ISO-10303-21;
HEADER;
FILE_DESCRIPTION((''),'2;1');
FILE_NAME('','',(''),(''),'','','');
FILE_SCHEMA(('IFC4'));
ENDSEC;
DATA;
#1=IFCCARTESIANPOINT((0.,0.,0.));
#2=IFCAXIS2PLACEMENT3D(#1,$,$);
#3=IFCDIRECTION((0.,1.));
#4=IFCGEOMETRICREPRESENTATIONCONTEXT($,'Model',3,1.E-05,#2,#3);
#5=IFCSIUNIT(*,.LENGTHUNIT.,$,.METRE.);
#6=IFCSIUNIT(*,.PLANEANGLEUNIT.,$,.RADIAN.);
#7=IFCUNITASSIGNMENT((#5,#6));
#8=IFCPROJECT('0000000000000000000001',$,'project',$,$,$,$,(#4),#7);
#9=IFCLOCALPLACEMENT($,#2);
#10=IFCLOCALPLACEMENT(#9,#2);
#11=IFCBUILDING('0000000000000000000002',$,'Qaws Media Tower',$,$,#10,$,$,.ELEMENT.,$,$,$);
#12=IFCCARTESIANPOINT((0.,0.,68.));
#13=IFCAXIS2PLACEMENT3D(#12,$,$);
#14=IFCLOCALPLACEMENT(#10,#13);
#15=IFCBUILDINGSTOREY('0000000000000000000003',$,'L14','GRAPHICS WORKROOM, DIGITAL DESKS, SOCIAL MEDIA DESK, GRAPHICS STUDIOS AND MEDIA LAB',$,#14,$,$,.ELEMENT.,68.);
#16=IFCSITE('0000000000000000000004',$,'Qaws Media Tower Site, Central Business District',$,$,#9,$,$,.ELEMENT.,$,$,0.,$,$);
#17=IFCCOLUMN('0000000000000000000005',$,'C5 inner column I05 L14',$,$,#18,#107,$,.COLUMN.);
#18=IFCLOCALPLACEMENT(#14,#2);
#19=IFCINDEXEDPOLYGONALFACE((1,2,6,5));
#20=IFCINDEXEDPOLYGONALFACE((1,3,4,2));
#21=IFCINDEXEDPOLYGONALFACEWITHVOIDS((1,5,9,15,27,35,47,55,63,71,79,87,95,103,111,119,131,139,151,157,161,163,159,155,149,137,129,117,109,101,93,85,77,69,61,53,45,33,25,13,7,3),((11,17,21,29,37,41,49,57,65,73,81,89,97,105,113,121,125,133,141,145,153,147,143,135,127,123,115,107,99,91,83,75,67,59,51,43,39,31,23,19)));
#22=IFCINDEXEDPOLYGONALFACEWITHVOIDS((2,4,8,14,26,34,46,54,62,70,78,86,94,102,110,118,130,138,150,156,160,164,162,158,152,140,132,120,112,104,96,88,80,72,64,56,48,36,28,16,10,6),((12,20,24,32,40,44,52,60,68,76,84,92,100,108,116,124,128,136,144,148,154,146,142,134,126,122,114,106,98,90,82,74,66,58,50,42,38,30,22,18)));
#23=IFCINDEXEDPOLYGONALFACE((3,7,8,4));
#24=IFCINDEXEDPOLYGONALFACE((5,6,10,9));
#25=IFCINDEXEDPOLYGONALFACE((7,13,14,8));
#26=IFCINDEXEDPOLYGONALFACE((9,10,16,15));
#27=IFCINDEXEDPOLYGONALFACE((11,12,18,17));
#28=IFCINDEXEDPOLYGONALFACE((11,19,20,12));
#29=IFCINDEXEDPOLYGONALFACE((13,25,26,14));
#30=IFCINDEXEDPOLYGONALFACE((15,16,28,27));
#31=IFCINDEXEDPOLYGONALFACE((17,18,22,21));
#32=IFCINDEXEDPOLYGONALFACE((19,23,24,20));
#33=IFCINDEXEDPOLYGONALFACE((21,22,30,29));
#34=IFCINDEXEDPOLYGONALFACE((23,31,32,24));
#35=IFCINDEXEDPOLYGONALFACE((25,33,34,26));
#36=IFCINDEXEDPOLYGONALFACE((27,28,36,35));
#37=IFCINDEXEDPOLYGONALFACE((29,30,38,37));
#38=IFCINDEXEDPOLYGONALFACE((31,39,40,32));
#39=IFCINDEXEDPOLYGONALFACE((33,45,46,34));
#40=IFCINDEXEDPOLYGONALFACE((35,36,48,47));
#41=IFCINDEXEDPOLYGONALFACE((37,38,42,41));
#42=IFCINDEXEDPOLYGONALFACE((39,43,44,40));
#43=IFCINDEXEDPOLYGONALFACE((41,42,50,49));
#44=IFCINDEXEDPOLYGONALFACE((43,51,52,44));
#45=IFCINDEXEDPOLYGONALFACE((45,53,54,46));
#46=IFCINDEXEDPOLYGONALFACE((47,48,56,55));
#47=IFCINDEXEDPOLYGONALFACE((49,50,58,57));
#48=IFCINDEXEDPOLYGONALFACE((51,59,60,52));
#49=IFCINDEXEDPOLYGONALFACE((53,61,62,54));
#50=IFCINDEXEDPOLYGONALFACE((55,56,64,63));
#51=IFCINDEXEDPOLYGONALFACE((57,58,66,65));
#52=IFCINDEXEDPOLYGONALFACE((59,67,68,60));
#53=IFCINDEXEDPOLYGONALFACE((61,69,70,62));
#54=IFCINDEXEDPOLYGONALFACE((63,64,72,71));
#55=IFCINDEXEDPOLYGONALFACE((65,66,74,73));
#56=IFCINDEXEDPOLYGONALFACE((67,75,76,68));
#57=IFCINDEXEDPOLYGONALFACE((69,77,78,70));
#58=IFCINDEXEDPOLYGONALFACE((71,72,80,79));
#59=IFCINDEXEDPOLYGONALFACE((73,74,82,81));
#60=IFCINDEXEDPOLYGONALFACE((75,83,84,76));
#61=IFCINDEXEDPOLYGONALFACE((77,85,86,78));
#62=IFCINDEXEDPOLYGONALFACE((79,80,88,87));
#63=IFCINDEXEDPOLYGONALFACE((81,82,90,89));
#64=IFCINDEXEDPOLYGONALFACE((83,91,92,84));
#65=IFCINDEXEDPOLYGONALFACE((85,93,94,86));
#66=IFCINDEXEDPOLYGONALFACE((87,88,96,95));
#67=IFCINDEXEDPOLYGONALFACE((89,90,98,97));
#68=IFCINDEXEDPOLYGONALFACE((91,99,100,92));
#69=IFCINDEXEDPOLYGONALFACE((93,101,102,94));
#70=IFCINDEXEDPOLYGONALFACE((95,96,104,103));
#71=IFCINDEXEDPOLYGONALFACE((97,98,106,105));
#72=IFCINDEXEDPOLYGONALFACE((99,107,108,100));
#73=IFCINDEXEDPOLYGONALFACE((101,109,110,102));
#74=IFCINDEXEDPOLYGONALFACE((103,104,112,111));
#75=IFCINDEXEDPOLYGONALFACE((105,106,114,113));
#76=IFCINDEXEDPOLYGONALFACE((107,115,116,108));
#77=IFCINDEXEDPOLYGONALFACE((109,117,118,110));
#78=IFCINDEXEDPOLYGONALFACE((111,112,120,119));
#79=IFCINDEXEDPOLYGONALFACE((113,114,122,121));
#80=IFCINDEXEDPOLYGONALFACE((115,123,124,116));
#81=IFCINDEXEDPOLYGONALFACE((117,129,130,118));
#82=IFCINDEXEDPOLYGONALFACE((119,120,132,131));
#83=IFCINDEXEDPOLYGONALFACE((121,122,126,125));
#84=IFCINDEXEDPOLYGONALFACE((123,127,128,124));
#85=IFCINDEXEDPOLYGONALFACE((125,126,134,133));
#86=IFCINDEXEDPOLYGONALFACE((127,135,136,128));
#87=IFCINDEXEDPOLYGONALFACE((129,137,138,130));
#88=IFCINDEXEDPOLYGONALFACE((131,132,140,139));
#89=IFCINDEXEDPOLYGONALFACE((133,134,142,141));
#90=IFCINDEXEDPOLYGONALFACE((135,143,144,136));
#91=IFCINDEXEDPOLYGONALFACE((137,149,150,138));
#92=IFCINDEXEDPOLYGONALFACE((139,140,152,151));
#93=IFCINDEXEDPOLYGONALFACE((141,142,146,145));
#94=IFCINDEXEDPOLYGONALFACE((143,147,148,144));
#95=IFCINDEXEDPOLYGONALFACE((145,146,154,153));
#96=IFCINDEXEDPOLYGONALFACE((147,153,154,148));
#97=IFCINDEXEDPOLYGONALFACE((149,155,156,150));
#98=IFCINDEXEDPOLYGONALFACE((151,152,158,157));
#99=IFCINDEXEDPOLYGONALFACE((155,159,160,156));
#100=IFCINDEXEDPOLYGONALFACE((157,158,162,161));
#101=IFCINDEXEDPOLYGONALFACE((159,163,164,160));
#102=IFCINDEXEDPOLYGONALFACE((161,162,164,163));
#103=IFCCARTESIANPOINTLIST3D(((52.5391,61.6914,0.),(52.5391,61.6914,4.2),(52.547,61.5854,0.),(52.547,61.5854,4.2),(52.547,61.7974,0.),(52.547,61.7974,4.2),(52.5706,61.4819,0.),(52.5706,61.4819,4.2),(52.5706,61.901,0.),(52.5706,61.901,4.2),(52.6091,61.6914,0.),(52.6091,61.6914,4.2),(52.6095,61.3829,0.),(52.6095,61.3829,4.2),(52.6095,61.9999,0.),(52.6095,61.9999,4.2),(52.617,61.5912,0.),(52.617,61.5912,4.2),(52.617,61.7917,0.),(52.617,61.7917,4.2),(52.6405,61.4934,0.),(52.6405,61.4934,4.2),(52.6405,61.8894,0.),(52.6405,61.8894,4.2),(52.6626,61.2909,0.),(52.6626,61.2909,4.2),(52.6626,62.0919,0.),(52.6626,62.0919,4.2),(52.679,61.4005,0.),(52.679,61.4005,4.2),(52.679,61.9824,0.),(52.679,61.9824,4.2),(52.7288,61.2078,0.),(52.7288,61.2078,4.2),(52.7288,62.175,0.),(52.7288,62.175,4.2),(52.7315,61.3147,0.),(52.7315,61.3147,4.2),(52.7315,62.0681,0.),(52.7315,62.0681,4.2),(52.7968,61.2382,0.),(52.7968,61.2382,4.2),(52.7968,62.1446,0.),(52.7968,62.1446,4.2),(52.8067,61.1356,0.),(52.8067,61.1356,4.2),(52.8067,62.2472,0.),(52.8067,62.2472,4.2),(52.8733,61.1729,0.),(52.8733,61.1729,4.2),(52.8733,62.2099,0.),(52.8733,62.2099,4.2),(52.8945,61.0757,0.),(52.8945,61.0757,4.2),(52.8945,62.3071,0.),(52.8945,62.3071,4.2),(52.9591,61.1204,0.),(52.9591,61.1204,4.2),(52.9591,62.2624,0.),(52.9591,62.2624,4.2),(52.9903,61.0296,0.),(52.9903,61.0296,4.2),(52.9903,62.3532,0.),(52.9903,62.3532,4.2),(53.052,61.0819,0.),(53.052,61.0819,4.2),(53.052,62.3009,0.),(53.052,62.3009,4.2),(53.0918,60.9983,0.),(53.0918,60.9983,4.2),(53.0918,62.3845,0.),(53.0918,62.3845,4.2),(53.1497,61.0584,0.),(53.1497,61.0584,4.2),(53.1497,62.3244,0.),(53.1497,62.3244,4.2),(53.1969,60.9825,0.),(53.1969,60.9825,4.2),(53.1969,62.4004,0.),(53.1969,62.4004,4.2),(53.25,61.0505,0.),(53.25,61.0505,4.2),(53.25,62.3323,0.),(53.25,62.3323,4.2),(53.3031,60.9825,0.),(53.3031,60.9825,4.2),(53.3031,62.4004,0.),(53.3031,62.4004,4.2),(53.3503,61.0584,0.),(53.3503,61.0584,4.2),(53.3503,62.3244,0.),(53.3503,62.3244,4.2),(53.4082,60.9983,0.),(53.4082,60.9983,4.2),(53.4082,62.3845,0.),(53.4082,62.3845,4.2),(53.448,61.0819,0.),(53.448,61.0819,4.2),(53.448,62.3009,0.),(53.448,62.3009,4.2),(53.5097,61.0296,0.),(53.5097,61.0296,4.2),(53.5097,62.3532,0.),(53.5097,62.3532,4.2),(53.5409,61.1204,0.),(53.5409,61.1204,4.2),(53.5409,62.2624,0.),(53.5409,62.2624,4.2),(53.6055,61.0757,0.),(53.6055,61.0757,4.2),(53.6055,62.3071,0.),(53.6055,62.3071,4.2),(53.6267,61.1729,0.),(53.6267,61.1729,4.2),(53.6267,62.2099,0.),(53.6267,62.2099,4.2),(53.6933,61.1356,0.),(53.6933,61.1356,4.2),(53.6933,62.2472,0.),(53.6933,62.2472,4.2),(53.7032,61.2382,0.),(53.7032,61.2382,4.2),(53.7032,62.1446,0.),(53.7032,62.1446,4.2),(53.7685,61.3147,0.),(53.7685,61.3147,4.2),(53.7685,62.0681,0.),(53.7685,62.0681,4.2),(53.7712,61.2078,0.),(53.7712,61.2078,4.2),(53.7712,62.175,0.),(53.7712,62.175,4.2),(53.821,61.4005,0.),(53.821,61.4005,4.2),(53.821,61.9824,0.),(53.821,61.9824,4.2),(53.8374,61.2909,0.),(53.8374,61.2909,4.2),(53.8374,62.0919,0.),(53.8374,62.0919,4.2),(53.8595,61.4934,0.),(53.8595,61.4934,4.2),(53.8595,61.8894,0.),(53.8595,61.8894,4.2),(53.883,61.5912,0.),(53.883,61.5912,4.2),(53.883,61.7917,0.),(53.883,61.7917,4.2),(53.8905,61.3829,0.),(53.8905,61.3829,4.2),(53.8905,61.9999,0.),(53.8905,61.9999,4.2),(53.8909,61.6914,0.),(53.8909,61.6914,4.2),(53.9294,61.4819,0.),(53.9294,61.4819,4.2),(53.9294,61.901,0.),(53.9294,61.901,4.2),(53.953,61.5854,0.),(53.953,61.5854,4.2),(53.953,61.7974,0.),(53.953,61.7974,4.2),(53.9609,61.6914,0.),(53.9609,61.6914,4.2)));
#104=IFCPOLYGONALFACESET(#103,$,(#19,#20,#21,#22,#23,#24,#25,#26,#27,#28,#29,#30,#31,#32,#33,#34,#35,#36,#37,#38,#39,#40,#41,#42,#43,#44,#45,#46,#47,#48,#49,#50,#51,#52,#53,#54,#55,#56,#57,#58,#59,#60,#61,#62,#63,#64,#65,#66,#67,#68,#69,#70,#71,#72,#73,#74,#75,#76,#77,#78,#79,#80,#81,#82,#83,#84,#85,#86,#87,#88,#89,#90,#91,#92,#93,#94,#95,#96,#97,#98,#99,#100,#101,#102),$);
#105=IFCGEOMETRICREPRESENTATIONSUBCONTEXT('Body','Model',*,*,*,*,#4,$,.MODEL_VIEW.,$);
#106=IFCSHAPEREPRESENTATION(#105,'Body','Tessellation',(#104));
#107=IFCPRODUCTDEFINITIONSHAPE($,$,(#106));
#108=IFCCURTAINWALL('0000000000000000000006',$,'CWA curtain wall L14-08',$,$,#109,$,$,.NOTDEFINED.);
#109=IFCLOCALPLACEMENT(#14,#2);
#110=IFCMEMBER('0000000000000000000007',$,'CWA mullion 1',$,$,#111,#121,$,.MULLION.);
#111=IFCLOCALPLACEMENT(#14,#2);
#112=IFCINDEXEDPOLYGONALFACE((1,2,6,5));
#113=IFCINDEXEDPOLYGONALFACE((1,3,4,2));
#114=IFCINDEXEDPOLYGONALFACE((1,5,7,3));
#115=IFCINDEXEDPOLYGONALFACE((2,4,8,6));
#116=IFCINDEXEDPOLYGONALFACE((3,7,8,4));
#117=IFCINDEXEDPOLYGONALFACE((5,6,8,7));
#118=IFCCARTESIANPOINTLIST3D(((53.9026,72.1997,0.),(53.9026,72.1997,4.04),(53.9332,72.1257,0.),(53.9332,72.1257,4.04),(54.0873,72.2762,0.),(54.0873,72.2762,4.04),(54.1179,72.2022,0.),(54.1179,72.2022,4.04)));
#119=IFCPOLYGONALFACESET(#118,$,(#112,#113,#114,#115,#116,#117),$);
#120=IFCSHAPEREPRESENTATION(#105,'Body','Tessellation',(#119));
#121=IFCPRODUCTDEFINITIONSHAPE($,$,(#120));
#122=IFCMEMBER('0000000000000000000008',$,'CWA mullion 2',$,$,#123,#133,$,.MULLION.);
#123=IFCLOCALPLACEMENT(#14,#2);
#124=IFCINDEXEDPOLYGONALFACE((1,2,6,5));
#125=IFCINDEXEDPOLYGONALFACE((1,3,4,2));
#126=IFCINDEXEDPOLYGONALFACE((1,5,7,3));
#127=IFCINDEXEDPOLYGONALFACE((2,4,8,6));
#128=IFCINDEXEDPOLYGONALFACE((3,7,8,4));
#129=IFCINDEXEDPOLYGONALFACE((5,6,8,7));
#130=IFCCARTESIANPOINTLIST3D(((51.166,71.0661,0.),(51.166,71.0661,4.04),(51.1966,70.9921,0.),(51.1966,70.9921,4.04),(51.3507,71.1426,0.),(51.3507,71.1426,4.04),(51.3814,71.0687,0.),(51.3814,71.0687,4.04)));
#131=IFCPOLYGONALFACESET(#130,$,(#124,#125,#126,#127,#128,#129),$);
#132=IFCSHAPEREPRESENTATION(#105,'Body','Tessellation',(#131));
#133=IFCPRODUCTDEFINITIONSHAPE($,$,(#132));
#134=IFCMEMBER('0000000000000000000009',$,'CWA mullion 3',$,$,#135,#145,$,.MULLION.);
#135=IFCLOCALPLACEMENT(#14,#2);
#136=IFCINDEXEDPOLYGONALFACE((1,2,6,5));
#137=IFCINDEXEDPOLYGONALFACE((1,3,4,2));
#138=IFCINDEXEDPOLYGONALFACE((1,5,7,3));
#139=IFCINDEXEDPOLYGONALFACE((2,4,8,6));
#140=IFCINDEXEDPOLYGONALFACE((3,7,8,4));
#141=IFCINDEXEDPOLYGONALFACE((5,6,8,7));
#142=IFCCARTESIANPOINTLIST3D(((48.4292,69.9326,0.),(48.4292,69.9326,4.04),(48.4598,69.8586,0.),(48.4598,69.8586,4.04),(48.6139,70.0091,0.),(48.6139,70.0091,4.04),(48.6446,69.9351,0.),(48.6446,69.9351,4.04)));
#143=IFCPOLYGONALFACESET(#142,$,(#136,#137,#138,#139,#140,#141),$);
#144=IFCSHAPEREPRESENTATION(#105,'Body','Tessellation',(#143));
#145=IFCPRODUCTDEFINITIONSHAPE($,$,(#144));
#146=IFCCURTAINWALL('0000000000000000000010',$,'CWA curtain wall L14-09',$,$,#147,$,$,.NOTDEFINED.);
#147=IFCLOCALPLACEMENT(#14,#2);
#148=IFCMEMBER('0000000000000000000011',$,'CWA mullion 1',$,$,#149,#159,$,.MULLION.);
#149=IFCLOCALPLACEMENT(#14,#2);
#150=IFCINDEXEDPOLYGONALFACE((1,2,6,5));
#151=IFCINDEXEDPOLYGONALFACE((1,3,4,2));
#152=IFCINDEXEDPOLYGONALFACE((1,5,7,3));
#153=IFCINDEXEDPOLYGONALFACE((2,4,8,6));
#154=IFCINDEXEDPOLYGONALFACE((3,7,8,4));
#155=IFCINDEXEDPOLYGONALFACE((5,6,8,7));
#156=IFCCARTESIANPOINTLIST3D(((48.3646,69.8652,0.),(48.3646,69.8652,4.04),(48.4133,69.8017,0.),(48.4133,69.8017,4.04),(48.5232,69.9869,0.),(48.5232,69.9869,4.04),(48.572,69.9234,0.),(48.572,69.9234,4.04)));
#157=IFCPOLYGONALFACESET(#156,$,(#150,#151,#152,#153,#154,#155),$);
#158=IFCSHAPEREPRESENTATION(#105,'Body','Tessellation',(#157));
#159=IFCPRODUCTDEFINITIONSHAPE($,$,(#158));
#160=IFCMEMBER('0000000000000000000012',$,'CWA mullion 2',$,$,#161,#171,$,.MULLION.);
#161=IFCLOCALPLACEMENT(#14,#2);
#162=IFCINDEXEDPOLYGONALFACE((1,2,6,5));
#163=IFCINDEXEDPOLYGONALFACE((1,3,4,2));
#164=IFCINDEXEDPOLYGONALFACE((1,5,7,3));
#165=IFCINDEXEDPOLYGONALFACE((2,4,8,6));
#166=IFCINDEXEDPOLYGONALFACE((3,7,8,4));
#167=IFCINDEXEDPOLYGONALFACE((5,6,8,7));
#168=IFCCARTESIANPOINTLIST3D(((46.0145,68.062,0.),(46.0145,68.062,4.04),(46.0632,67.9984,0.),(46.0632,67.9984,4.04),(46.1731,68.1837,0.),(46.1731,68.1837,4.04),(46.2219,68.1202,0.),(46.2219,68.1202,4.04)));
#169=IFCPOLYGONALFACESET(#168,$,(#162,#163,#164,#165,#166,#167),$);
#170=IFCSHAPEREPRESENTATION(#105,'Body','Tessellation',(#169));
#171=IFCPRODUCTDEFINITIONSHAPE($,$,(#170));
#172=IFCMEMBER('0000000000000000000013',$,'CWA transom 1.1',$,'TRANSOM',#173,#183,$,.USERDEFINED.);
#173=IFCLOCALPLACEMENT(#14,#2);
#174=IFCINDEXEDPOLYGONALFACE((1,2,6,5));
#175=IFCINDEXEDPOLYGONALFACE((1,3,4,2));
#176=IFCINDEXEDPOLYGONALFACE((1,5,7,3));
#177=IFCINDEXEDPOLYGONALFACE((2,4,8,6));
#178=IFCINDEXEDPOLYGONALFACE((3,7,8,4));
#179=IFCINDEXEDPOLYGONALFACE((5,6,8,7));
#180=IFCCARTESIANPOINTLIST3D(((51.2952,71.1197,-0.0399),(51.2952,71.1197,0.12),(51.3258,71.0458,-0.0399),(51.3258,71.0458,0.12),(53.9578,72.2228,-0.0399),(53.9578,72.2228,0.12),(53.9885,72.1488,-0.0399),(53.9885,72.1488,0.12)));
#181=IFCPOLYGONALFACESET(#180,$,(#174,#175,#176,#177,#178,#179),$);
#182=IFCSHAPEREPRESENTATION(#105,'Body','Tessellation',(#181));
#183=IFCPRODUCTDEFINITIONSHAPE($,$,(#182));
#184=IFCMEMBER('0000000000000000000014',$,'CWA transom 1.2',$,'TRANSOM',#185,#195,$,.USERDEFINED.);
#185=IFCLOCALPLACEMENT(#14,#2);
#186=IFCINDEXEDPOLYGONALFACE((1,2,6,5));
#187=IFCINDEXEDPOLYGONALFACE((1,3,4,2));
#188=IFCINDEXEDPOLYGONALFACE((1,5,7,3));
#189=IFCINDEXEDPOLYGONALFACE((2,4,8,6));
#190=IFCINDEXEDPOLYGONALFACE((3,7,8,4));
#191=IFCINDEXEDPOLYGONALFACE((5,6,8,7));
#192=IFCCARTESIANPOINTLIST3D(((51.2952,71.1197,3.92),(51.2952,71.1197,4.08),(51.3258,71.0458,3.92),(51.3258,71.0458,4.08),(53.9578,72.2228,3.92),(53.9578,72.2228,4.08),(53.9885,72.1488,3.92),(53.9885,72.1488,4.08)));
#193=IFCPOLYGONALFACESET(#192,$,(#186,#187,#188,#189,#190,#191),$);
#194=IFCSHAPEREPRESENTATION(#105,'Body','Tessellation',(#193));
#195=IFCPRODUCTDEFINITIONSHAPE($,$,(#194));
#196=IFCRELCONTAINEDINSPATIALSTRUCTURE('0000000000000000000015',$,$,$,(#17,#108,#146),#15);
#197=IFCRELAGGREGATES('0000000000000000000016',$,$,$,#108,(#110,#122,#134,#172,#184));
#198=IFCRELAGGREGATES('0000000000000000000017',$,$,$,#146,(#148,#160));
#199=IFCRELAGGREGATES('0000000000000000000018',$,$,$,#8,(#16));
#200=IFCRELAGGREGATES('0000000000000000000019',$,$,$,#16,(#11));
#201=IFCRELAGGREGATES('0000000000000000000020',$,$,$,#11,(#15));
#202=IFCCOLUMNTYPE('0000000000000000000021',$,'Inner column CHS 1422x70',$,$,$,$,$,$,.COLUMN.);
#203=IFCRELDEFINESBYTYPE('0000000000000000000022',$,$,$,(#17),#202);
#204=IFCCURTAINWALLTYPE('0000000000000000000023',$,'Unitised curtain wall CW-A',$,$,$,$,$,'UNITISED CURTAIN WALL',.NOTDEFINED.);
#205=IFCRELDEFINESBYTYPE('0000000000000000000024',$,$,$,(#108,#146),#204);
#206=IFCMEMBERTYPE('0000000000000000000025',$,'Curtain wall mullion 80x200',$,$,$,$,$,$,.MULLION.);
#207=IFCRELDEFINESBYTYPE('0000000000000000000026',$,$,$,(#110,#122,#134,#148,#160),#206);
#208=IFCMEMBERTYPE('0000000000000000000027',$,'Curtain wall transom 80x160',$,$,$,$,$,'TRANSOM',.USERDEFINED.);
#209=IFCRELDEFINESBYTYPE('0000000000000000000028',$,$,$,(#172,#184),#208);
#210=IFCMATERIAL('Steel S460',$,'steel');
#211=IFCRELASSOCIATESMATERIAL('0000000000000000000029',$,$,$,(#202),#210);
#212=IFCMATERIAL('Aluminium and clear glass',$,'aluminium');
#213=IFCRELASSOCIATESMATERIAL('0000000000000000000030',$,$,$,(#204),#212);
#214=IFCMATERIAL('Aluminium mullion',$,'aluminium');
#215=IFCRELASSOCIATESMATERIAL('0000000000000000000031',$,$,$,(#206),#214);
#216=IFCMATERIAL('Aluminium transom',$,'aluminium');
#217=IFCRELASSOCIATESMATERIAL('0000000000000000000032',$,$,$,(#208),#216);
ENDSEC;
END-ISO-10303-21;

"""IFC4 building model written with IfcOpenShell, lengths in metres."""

from ifc_helpers import new_model, si_unit, direction, frame, origin, origin_2d, place, context, subcontext, project, spatial, rectangle, hollow_circle, extrude, material, material_profile, profile_set, type_object, element, aggregate, save


model = new_model("IFC4")

# Units and contexts
model_context = context("Model", 3, precision=1e-05, world=origin(), true_north=direction((0.0, 1.0)))
body_context = subcontext(model_context, "Body", "Model", "MODEL_VIEW")
ifc_project = project(units=[si_unit("LENGTHUNIT", "METRE"), si_unit("PLANEANGLEUNIT", "RADIAN")], contexts=[model_context])

# Site, building, storey
site_placement = place(None, origin())
site = spatial("IfcSite", under=ifc_project, at=site_placement, Name="Qaws Media Tower Site, Central Business District", CompositionType="ELEMENT", RefElevation=0.0)
building_placement = place(site_placement, origin())
building = spatial("IfcBuilding", under=site, at=building_placement, Name="Qaws Media Tower", CompositionType="ELEMENT")
storey_placement = place(building_placement, frame((0.0, 0.0, 68.0)))
storey = spatial("IfcBuildingStorey", under=building, at=storey_placement, Name="L14", Description="GRAPHICS WORKROOM, DIGITAL DESKS, SOCIAL MEDIA DESK, GRAPHICS STUDIOS AND MEDIA LAB", CompositionType="ELEMENT", Elevation=68.0)

# Column
ifc_material_1 = material(Name="Steel S460", Category="steel")
ifc_material_profile_1 = material_profile(ifc_material_1, hollow_circle(Radius=0.7109, WallThickness=0.0701, at=origin_2d()), Name="CHS 1422x70")
ifc_profile_set_1 = profile_set([ifc_material_profile_1], Name="Steel S460")
column_type = type_object("IfcColumnType", Name="Inner column CHS 1422x70", PredefinedType="COLUMN", material=ifc_profile_set_1)
column_placement = place(storey_placement, frame((53.25, 61.6914, 0.0), z_axis=(0.0, 0.0, 1.0), x_axis=(1.0, 0.0, 0.0)))
element("IfcColumn", 1, at=column_placement, inside=storey, type_object=column_type, Name="C5 inner column I05 L14", PredefinedType="COLUMN", context=body_context, shape_type="SweptSolid", body=[
    extrude(hollow_circle(Radius=0.7109, WallThickness=0.0701, at=origin_2d()), origin(), (0.0, 0.0, 1.0), 4.2),
])

# Curtain walls, members
ifc_material_2 = material(Name="Aluminium and clear glass", Category="aluminium")
curtain_wall_type = type_object("IfcCurtainWallType", Name="Unitised curtain wall CW-A", ElementType="UNITISED CURTAIN WALL", PredefinedType="NOTDEFINED", material=ifc_material_2)
curtain_wall_1_placement = place(storey_placement, origin())
curtain_wall_1 = element("IfcCurtainWall", 2, at=curtain_wall_1_placement, inside=storey, type_object=curtain_wall_type, Name="CWA curtain wall L14-08", PredefinedType="NOTDEFINED")
ifc_material_3 = material(Name="Aluminium mullion", Category="aluminium")
ifc_material_profile_2 = material_profile(ifc_material_3, rectangle(XDim=0.0801, YDim=0.2, at=origin_2d()), Name="80x200")
ifc_profile_set_2 = profile_set([ifc_material_profile_2], Name="Aluminium mullion")
member_type_1 = type_object("IfcMemberType", Name="Curtain wall mullion 80x200", PredefinedType="MULLION", material=ifc_profile_set_2)
member_1_placement = place(storey_placement, frame((54.0103, 72.2009, 0.0), z_axis=(0.0, 0.0, 1.0), x_axis=(0.382683, -0.92388, 0.0)))
member_1 = element("IfcMember", 3, at=member_1_placement, type_object=member_type_1, Name="CWA mullion 1", PredefinedType="MULLION", context=body_context, shape_type="SweptSolid", body=[
    extrude(rectangle(XDim=0.0801, YDim=0.2, at=origin_2d()), origin(), (0.0, 0.0, 1.0), 4.04),
])
member_2_placement = place(storey_placement, frame((51.2737, 71.0674, 0.0), z_axis=(0.0, 0.0, 1.0), x_axis=(0.382683, -0.92388, 0.0)))
member_2 = element("IfcMember", 4, at=member_2_placement, type_object=member_type_1, Name="CWA mullion 2", PredefinedType="MULLION", context=body_context, shape_type="SweptSolid", body=[
    extrude(rectangle(XDim=0.0801, YDim=0.2, at=origin_2d()), origin(), (0.0, 0.0, 1.0), 4.04),
])
member_3_placement = place(storey_placement, frame((48.5369, 69.9338, 0.0), z_axis=(0.0, 0.0, 1.0), x_axis=(0.382683, -0.92388, 0.0)))
member_3 = element("IfcMember", 5, at=member_3_placement, type_object=member_type_1, Name="CWA mullion 3", PredefinedType="MULLION", context=body_context, shape_type="SweptSolid", body=[
    extrude(rectangle(XDim=0.0801, YDim=0.2, at=origin_2d()), origin(), (0.0, 0.0, 1.0), 4.04),
])
curtain_wall_2_placement = place(storey_placement, origin())
curtain_wall_2 = element("IfcCurtainWall", 6, at=curtain_wall_2_placement, inside=storey, type_object=curtain_wall_type, Name="CWA curtain wall L14-09", PredefinedType="NOTDEFINED")
member_4_placement = place(storey_placement, frame((48.4683, 69.8943, 0.0), z_axis=(0.0, 0.0, 1.0), x_axis=(0.608761, -0.793353, 0.0)))
member_4 = element("IfcMember", 7, at=member_4_placement, type_object=member_type_1, Name="CWA mullion 1", PredefinedType="MULLION", context=body_context, shape_type="SweptSolid", body=[
    extrude(rectangle(XDim=0.0801, YDim=0.2, at=origin_2d()), origin(), (0.0, 0.0, 1.0), 4.04),
])
member_5_placement = place(storey_placement, frame((46.1182, 68.0911, 0.0), z_axis=(0.0, 0.0, 1.0), x_axis=(0.608761, -0.793353, 0.0)))
member_5 = element("IfcMember", 8, at=member_5_placement, type_object=member_type_1, Name="CWA mullion 2", PredefinedType="MULLION", context=body_context, shape_type="SweptSolid", body=[
    extrude(rectangle(XDim=0.0801, YDim=0.2, at=origin_2d()), origin(), (0.0, 0.0, 1.0), 4.04),
])

# Members
ifc_material_4 = material(Name="Aluminium transom", Category="aluminium")
ifc_material_profile_3 = material_profile(ifc_material_4, rectangle(XDim=0.0801, YDim=0.1599, at=origin_2d()), Name="80x160")
ifc_profile_set_3 = profile_set([ifc_material_profile_3], Name="Aluminium transom")
member_type_2 = type_object("IfcMemberType", Name="Curtain wall transom 80x160", ElementType="TRANSOM", PredefinedType="USERDEFINED", material=ifc_profile_set_3)
member_6_placement = place(storey_placement, frame((53.9731, 72.1858, 0.04), z_axis=(-0.923862, -0.382726, 0.0), x_axis=(0.382726, -0.923862, 0.0)))
member_6 = element("IfcMember", 9, at=member_6_placement, type_object=member_type_2, Name="CWA transom 1.1", ObjectType="TRANSOM", PredefinedType="USERDEFINED", context=body_context, shape_type="SweptSolid", body=[
    extrude(rectangle(XDim=0.0801, YDim=0.1599, at=origin_2d()), origin(), (0.0, 0.0, 1.0), 2.8821),
])
member_7_placement = place(storey_placement, frame((53.9731, 72.1858, 4.0), z_axis=(-0.923862, -0.382726, 0.0), x_axis=(0.382726, -0.923862, 0.0)))
member_7 = element("IfcMember", 10, at=member_7_placement, type_object=member_type_2, Name="CWA transom 1.2", ObjectType="TRANSOM", PredefinedType="USERDEFINED", context=body_context, shape_type="SweptSolid", body=[
    extrude(rectangle(XDim=0.0801, YDim=0.1599, at=origin_2d()), origin(), (0.0, 0.0, 1.0), 2.8821),
])

aggregate(curtain_wall_1, [member_1, member_2, member_3, member_6, member_7])
aggregate(curtain_wall_2, [member_4, member_5])

save(model, "model.ifc")
